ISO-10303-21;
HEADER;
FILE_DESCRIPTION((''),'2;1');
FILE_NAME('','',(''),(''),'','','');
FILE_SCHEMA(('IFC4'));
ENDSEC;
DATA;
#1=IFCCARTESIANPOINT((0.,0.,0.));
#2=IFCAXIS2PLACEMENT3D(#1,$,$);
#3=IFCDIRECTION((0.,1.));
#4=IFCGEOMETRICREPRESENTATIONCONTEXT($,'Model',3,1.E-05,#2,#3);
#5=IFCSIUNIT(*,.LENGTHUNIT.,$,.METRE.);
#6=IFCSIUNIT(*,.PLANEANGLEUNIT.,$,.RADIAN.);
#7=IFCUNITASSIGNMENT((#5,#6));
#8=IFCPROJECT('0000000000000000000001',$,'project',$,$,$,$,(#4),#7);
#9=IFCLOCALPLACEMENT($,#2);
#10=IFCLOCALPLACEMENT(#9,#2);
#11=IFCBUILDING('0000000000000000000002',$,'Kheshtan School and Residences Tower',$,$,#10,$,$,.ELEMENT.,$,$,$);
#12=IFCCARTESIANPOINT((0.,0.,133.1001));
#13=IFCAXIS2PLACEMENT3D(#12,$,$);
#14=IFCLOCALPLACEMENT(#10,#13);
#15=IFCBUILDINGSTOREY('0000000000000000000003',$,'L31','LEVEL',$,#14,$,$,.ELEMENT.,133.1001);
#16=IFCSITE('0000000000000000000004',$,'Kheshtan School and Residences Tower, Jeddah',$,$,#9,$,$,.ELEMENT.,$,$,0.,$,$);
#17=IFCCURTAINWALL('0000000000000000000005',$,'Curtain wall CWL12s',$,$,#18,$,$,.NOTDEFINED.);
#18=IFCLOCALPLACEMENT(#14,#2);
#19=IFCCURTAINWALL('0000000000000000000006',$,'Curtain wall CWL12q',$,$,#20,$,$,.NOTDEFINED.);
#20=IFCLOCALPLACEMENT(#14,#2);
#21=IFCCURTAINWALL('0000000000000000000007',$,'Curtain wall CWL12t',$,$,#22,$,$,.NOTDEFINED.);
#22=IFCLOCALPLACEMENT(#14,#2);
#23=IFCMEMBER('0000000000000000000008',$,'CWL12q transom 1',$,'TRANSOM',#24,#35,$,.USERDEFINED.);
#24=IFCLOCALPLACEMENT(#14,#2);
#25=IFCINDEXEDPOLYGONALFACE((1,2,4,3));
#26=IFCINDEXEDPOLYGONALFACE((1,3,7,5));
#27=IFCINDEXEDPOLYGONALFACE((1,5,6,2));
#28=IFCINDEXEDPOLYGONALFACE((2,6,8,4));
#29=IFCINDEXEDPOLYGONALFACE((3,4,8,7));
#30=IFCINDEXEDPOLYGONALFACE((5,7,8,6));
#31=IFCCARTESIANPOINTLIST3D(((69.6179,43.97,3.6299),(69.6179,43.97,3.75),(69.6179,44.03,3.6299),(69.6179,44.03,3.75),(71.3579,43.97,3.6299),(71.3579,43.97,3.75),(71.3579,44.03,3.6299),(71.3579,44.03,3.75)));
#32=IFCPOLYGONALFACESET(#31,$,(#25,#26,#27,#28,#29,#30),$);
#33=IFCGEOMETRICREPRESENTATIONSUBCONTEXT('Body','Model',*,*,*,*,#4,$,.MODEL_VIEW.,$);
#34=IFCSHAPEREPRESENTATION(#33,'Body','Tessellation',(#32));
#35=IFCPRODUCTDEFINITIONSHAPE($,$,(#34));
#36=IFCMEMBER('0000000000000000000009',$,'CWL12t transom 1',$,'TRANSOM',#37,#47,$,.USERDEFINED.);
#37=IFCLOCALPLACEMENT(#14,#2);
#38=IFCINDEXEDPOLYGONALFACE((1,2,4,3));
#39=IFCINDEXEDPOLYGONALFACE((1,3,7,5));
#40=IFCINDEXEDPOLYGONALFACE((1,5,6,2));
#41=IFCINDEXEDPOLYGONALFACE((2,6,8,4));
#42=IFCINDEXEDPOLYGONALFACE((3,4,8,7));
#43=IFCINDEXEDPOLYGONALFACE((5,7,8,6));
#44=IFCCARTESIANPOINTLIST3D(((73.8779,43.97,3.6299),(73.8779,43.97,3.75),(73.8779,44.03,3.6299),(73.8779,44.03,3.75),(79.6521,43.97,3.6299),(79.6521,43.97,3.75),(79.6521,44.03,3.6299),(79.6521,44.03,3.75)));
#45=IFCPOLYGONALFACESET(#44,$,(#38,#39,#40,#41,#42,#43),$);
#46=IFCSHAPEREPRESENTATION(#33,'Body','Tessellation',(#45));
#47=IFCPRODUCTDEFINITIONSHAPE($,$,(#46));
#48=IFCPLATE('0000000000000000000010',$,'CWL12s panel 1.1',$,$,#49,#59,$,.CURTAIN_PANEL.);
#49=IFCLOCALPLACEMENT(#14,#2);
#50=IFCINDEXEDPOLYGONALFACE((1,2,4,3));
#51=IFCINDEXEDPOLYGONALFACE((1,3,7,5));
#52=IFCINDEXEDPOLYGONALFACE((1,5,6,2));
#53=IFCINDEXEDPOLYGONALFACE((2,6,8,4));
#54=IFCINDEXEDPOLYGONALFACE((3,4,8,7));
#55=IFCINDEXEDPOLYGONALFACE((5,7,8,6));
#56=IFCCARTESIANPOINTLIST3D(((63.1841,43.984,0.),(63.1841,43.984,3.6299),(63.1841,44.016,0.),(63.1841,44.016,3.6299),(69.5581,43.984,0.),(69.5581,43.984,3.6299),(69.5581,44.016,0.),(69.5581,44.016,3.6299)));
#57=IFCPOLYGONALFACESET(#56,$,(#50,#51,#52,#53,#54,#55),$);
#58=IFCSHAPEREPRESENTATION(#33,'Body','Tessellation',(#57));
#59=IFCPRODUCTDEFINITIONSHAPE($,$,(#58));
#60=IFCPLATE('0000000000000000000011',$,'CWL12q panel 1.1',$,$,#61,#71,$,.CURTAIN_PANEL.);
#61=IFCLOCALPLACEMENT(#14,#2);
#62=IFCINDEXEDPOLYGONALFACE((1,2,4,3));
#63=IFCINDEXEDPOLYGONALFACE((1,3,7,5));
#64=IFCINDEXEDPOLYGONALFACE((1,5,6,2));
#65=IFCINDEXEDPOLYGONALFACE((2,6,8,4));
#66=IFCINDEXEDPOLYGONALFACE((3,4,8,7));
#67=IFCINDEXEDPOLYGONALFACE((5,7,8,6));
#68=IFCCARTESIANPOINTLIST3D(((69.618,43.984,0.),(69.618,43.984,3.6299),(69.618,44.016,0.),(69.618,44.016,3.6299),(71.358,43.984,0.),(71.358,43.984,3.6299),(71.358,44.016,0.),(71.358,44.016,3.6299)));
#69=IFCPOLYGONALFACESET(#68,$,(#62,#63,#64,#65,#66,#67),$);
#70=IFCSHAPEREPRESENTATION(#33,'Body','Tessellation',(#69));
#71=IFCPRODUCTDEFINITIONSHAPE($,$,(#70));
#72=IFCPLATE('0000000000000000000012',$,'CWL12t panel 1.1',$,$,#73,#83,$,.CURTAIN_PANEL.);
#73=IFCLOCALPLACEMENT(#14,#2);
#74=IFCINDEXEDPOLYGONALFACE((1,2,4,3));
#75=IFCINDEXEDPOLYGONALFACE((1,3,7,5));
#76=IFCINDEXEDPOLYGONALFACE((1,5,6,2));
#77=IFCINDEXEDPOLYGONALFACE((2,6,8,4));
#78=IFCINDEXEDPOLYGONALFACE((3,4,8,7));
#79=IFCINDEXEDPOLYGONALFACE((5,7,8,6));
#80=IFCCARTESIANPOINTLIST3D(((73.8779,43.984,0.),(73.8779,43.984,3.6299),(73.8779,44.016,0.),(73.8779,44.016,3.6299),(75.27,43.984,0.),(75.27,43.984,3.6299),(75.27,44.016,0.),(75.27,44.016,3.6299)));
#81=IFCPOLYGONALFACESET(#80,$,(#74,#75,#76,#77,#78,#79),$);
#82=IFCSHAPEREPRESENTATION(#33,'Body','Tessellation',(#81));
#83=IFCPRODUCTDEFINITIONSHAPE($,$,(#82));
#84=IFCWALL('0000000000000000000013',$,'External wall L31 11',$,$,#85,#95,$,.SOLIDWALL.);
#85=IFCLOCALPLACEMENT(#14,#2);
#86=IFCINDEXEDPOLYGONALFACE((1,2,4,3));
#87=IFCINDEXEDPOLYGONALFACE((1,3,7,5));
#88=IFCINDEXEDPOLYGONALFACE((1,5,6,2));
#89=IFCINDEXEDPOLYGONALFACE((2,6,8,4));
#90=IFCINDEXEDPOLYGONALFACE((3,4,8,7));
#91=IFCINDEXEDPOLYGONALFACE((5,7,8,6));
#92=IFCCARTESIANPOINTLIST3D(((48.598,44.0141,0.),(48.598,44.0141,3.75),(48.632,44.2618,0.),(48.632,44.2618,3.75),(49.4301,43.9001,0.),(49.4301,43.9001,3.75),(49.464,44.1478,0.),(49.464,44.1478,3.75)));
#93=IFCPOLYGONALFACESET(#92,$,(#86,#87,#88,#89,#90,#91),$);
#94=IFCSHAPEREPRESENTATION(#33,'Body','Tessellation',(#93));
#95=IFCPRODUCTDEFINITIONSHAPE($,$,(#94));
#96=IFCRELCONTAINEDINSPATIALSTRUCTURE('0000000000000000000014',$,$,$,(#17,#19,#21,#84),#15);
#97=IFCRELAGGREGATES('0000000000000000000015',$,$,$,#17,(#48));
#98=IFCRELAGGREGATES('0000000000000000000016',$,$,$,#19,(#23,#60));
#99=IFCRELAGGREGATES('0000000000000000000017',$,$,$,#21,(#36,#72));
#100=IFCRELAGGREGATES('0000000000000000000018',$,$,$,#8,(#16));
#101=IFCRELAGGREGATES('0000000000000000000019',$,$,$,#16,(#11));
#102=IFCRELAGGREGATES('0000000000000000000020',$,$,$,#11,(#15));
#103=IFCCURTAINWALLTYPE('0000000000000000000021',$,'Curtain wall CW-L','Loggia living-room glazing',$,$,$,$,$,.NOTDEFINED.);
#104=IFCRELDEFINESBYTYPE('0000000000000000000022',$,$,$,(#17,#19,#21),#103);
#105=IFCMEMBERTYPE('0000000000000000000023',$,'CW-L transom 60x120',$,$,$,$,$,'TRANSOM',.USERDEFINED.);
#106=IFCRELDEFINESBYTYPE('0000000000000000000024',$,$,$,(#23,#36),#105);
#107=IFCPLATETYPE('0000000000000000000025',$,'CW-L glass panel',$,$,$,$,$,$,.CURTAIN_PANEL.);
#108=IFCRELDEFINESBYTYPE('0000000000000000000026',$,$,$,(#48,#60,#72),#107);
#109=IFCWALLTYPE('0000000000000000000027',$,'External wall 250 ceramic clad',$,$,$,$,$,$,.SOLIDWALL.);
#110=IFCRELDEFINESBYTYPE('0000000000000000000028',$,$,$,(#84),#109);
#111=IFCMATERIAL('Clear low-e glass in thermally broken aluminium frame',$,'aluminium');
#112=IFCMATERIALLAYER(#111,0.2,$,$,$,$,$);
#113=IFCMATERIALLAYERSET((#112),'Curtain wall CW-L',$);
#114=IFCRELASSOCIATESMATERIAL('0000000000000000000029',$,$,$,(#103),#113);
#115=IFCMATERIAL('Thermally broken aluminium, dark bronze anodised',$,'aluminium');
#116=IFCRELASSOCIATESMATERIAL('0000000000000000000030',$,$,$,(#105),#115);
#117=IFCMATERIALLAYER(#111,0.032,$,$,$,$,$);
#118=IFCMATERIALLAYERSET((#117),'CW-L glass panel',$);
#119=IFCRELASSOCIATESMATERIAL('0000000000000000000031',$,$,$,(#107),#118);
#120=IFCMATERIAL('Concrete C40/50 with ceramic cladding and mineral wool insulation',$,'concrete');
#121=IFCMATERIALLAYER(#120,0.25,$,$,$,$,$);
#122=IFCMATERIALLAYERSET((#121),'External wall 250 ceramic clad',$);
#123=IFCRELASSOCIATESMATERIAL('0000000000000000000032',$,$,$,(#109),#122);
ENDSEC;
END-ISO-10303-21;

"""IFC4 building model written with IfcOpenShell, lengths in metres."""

from ifc_helpers import new_model, si_unit, direction, frame, frame_2d, origin, origin_2d, place, context, subcontext, project, spatial, rectangle, extrude, material, layer, layer_set, material_profile, profile_set, type_object, element, aggregate, save


model = new_model("IFC4")

# Units and contexts
model_context = context("Model", 3, precision=1e-05, world=origin(), true_north=direction((0.0, 1.0)))
body_context = subcontext(model_context, "Body", "Model", "MODEL_VIEW")
ifc_project = project(units=[si_unit("LENGTHUNIT", "METRE"), si_unit("PLANEANGLEUNIT", "RADIAN")], contexts=[model_context])

# Site, building, storey
site_placement = place(None, origin())
site = spatial("IfcSite", under=ifc_project, at=site_placement, Name="Kheshtan School and Residences Tower, Jeddah", CompositionType="ELEMENT", RefElevation=0.0)
building_placement = place(site_placement, origin())
building = spatial("IfcBuilding", under=site, at=building_placement, Name="Kheshtan School and Residences Tower", CompositionType="ELEMENT")
storey_placement = place(building_placement, frame((0.0, 0.0, 133.1001)))
storey = spatial("IfcBuildingStorey", under=building, at=storey_placement, Name="L31", Description="LEVEL", CompositionType="ELEMENT", Elevation=133.1001)

# Shared definitions
ifc_material_1 = material(Name="Clear low-e glass in thermally broken aluminium frame", Category="aluminium")
ifc_layer_1 = layer(ifc_material_1, 0.2)
ifc_layer_set_1 = layer_set([ifc_layer_1], Name="Curtain wall CW-L")
curtain_wall_type = type_object("IfcCurtainWallType", Name="Curtain wall CW-L", Description="Loggia living-room glazing", PredefinedType="NOTDEFINED", material=ifc_layer_set_1)
ifc_material_2 = material(Name="Thermally broken aluminium, dark bronze anodised", Category="aluminium")

# Curtain wall
curtain_wall_1_placement = place(storey_placement, origin())
curtain_wall_1 = element("IfcCurtainWall", 1, at=curtain_wall_1_placement, inside=storey, type_object=curtain_wall_type, Name="Curtain wall CWL12s", PredefinedType="NOTDEFINED")

# Curtain wall
curtain_wall_2_placement = place(storey_placement, origin())
curtain_wall_2 = element("IfcCurtainWall", 2, at=curtain_wall_2_placement, inside=storey, type_object=curtain_wall_type, Name="Curtain wall CWL12q", PredefinedType="NOTDEFINED")

# Curtain wall
curtain_wall_3_placement = place(storey_placement, origin())
curtain_wall_3 = element("IfcCurtainWall", 3, at=curtain_wall_3_placement, inside=storey, type_object=curtain_wall_type, Name="Curtain wall CWL12t", PredefinedType="NOTDEFINED")

# Members
ifc_material_profile_1 = material_profile(ifc_material_2, rectangle(XDim=0.0601, YDim=0.1201, at=origin_2d()), Name="CW-L transom 60x120")
ifc_profile_set_1 = profile_set([ifc_material_profile_1], Name="Thermally broken aluminium, dark bronze anodised")
member_type_1 = type_object("IfcMemberType", Name="CW-L transom 60x120", ElementType="TRANSOM", PredefinedType="USERDEFINED", material=ifc_profile_set_1)
member_1_placement = place(storey_placement, frame((69.6179, 44.0, 3.6899), z_axis=(1.0, 0.0, 0.0), x_axis=(0.0, 1.0, 0.0)))
member_1 = element("IfcMember", 4, at=member_1_placement, type_object=member_type_1, Name="CWL12q transom 1", ObjectType="TRANSOM", PredefinedType="USERDEFINED", context=body_context, shape_type="SweptSolid", body=[
    extrude(rectangle(XDim=0.0601, YDim=0.1201, at=origin_2d()), origin(), (0.0, 0.0, 1.0), 1.74),
])
member_2_placement = place(storey_placement, frame((73.8779, 44.0, 3.6899), z_axis=(1.0, 0.0, 0.0), x_axis=(0.0, 1.0, 0.0)))
member_2 = element("IfcMember", 5, at=member_2_placement, type_object=member_type_1, Name="CWL12t transom 1", ObjectType="TRANSOM", PredefinedType="USERDEFINED", context=body_context, shape_type="SweptSolid", body=[
    extrude(rectangle(XDim=0.0601, YDim=0.1201, at=origin_2d()), origin(), (0.0, 0.0, 1.0), 5.7742),
])

# Plates
ifc_layer_2 = layer(ifc_material_1, 0.032)
ifc_layer_set_2 = layer_set([ifc_layer_2], Name="CW-L glass panel")
plate_type = type_object("IfcPlateType", Name="CW-L glass panel", PredefinedType="CURTAIN_PANEL", material=ifc_layer_set_2)
plate_1_placement = place(storey_placement, frame((66.3711, 44.0, 0.0), z_axis=(0.0, 0.0, 1.0), x_axis=(1.0, 0.0, 0.0)))
plate_1 = element("IfcPlate", 6, at=plate_1_placement, type_object=plate_type, Name="CWL12s panel 1.1", PredefinedType="CURTAIN_PANEL", context=body_context, shape_type="SweptSolid", body=[
    extrude(rectangle(XDim=6.374, YDim=0.032, at=origin_2d()), origin(), (0.0, 0.0, 1.0), 3.6299),
])
aggregate(curtain_wall_1, [plate_1])
plate_2_placement = place(storey_placement, frame((70.488, 44.0, 0.0), z_axis=(0.0, 0.0, 1.0), x_axis=(1.0, 0.0, 0.0)))
plate_2 = element("IfcPlate", 7, at=plate_2_placement, type_object=plate_type, Name="CWL12q panel 1.1", PredefinedType="CURTAIN_PANEL", context=body_context, shape_type="SweptSolid", body=[
    extrude(rectangle(XDim=1.74, YDim=0.032, at=origin_2d()), origin(), (0.0, 0.0, 1.0), 3.6299),
])
aggregate(curtain_wall_2, [member_1, plate_2])
plate_3_placement = place(storey_placement, frame((74.574, 44.0, 0.0), z_axis=(0.0, 0.0, 1.0), x_axis=(1.0, 0.0, 0.0)))
plate_3 = element("IfcPlate", 8, at=plate_3_placement, type_object=plate_type, Name="CWL12t panel 1.1", PredefinedType="CURTAIN_PANEL", context=body_context, shape_type="SweptSolid", body=[
    extrude(rectangle(XDim=1.3921, YDim=0.032, at=origin_2d()), origin(), (0.0, 0.0, 1.0), 3.6299),
])
aggregate(curtain_wall_3, [member_2, plate_3])

# Wall
ifc_material_3 = material(Name="Concrete C40/50 with ceramic cladding and mineral wool insulation", Category="concrete")
ifc_layer_3 = layer(ifc_material_3, 0.25)
ifc_layer_set_3 = layer_set([ifc_layer_3], Name="External wall 250 ceramic clad")
wall_type = type_object("IfcWallType", Name="External wall 250 ceramic clad", PredefinedType="SOLIDWALL", material=ifc_layer_set_3)
wall_placement = place(storey_placement, frame((48.615, 44.1379, 0.0), z_axis=(0.0, 0.0, 1.0), x_axis=(0.990742, -0.135762, 0.0)))
element("IfcWall", 9, at=wall_placement, inside=storey, type_object=wall_type, Name="External wall L31 11", PredefinedType="SOLIDWALL", context=body_context, shape_type="SweptSolid", body=[
    extrude(rectangle(XDim=0.8398, YDim=0.25, at=frame_2d((0.4199, 0.0))), origin(), (0.0, 0.0, 1.0), 3.75),
])

save(model, "model.ifc")
